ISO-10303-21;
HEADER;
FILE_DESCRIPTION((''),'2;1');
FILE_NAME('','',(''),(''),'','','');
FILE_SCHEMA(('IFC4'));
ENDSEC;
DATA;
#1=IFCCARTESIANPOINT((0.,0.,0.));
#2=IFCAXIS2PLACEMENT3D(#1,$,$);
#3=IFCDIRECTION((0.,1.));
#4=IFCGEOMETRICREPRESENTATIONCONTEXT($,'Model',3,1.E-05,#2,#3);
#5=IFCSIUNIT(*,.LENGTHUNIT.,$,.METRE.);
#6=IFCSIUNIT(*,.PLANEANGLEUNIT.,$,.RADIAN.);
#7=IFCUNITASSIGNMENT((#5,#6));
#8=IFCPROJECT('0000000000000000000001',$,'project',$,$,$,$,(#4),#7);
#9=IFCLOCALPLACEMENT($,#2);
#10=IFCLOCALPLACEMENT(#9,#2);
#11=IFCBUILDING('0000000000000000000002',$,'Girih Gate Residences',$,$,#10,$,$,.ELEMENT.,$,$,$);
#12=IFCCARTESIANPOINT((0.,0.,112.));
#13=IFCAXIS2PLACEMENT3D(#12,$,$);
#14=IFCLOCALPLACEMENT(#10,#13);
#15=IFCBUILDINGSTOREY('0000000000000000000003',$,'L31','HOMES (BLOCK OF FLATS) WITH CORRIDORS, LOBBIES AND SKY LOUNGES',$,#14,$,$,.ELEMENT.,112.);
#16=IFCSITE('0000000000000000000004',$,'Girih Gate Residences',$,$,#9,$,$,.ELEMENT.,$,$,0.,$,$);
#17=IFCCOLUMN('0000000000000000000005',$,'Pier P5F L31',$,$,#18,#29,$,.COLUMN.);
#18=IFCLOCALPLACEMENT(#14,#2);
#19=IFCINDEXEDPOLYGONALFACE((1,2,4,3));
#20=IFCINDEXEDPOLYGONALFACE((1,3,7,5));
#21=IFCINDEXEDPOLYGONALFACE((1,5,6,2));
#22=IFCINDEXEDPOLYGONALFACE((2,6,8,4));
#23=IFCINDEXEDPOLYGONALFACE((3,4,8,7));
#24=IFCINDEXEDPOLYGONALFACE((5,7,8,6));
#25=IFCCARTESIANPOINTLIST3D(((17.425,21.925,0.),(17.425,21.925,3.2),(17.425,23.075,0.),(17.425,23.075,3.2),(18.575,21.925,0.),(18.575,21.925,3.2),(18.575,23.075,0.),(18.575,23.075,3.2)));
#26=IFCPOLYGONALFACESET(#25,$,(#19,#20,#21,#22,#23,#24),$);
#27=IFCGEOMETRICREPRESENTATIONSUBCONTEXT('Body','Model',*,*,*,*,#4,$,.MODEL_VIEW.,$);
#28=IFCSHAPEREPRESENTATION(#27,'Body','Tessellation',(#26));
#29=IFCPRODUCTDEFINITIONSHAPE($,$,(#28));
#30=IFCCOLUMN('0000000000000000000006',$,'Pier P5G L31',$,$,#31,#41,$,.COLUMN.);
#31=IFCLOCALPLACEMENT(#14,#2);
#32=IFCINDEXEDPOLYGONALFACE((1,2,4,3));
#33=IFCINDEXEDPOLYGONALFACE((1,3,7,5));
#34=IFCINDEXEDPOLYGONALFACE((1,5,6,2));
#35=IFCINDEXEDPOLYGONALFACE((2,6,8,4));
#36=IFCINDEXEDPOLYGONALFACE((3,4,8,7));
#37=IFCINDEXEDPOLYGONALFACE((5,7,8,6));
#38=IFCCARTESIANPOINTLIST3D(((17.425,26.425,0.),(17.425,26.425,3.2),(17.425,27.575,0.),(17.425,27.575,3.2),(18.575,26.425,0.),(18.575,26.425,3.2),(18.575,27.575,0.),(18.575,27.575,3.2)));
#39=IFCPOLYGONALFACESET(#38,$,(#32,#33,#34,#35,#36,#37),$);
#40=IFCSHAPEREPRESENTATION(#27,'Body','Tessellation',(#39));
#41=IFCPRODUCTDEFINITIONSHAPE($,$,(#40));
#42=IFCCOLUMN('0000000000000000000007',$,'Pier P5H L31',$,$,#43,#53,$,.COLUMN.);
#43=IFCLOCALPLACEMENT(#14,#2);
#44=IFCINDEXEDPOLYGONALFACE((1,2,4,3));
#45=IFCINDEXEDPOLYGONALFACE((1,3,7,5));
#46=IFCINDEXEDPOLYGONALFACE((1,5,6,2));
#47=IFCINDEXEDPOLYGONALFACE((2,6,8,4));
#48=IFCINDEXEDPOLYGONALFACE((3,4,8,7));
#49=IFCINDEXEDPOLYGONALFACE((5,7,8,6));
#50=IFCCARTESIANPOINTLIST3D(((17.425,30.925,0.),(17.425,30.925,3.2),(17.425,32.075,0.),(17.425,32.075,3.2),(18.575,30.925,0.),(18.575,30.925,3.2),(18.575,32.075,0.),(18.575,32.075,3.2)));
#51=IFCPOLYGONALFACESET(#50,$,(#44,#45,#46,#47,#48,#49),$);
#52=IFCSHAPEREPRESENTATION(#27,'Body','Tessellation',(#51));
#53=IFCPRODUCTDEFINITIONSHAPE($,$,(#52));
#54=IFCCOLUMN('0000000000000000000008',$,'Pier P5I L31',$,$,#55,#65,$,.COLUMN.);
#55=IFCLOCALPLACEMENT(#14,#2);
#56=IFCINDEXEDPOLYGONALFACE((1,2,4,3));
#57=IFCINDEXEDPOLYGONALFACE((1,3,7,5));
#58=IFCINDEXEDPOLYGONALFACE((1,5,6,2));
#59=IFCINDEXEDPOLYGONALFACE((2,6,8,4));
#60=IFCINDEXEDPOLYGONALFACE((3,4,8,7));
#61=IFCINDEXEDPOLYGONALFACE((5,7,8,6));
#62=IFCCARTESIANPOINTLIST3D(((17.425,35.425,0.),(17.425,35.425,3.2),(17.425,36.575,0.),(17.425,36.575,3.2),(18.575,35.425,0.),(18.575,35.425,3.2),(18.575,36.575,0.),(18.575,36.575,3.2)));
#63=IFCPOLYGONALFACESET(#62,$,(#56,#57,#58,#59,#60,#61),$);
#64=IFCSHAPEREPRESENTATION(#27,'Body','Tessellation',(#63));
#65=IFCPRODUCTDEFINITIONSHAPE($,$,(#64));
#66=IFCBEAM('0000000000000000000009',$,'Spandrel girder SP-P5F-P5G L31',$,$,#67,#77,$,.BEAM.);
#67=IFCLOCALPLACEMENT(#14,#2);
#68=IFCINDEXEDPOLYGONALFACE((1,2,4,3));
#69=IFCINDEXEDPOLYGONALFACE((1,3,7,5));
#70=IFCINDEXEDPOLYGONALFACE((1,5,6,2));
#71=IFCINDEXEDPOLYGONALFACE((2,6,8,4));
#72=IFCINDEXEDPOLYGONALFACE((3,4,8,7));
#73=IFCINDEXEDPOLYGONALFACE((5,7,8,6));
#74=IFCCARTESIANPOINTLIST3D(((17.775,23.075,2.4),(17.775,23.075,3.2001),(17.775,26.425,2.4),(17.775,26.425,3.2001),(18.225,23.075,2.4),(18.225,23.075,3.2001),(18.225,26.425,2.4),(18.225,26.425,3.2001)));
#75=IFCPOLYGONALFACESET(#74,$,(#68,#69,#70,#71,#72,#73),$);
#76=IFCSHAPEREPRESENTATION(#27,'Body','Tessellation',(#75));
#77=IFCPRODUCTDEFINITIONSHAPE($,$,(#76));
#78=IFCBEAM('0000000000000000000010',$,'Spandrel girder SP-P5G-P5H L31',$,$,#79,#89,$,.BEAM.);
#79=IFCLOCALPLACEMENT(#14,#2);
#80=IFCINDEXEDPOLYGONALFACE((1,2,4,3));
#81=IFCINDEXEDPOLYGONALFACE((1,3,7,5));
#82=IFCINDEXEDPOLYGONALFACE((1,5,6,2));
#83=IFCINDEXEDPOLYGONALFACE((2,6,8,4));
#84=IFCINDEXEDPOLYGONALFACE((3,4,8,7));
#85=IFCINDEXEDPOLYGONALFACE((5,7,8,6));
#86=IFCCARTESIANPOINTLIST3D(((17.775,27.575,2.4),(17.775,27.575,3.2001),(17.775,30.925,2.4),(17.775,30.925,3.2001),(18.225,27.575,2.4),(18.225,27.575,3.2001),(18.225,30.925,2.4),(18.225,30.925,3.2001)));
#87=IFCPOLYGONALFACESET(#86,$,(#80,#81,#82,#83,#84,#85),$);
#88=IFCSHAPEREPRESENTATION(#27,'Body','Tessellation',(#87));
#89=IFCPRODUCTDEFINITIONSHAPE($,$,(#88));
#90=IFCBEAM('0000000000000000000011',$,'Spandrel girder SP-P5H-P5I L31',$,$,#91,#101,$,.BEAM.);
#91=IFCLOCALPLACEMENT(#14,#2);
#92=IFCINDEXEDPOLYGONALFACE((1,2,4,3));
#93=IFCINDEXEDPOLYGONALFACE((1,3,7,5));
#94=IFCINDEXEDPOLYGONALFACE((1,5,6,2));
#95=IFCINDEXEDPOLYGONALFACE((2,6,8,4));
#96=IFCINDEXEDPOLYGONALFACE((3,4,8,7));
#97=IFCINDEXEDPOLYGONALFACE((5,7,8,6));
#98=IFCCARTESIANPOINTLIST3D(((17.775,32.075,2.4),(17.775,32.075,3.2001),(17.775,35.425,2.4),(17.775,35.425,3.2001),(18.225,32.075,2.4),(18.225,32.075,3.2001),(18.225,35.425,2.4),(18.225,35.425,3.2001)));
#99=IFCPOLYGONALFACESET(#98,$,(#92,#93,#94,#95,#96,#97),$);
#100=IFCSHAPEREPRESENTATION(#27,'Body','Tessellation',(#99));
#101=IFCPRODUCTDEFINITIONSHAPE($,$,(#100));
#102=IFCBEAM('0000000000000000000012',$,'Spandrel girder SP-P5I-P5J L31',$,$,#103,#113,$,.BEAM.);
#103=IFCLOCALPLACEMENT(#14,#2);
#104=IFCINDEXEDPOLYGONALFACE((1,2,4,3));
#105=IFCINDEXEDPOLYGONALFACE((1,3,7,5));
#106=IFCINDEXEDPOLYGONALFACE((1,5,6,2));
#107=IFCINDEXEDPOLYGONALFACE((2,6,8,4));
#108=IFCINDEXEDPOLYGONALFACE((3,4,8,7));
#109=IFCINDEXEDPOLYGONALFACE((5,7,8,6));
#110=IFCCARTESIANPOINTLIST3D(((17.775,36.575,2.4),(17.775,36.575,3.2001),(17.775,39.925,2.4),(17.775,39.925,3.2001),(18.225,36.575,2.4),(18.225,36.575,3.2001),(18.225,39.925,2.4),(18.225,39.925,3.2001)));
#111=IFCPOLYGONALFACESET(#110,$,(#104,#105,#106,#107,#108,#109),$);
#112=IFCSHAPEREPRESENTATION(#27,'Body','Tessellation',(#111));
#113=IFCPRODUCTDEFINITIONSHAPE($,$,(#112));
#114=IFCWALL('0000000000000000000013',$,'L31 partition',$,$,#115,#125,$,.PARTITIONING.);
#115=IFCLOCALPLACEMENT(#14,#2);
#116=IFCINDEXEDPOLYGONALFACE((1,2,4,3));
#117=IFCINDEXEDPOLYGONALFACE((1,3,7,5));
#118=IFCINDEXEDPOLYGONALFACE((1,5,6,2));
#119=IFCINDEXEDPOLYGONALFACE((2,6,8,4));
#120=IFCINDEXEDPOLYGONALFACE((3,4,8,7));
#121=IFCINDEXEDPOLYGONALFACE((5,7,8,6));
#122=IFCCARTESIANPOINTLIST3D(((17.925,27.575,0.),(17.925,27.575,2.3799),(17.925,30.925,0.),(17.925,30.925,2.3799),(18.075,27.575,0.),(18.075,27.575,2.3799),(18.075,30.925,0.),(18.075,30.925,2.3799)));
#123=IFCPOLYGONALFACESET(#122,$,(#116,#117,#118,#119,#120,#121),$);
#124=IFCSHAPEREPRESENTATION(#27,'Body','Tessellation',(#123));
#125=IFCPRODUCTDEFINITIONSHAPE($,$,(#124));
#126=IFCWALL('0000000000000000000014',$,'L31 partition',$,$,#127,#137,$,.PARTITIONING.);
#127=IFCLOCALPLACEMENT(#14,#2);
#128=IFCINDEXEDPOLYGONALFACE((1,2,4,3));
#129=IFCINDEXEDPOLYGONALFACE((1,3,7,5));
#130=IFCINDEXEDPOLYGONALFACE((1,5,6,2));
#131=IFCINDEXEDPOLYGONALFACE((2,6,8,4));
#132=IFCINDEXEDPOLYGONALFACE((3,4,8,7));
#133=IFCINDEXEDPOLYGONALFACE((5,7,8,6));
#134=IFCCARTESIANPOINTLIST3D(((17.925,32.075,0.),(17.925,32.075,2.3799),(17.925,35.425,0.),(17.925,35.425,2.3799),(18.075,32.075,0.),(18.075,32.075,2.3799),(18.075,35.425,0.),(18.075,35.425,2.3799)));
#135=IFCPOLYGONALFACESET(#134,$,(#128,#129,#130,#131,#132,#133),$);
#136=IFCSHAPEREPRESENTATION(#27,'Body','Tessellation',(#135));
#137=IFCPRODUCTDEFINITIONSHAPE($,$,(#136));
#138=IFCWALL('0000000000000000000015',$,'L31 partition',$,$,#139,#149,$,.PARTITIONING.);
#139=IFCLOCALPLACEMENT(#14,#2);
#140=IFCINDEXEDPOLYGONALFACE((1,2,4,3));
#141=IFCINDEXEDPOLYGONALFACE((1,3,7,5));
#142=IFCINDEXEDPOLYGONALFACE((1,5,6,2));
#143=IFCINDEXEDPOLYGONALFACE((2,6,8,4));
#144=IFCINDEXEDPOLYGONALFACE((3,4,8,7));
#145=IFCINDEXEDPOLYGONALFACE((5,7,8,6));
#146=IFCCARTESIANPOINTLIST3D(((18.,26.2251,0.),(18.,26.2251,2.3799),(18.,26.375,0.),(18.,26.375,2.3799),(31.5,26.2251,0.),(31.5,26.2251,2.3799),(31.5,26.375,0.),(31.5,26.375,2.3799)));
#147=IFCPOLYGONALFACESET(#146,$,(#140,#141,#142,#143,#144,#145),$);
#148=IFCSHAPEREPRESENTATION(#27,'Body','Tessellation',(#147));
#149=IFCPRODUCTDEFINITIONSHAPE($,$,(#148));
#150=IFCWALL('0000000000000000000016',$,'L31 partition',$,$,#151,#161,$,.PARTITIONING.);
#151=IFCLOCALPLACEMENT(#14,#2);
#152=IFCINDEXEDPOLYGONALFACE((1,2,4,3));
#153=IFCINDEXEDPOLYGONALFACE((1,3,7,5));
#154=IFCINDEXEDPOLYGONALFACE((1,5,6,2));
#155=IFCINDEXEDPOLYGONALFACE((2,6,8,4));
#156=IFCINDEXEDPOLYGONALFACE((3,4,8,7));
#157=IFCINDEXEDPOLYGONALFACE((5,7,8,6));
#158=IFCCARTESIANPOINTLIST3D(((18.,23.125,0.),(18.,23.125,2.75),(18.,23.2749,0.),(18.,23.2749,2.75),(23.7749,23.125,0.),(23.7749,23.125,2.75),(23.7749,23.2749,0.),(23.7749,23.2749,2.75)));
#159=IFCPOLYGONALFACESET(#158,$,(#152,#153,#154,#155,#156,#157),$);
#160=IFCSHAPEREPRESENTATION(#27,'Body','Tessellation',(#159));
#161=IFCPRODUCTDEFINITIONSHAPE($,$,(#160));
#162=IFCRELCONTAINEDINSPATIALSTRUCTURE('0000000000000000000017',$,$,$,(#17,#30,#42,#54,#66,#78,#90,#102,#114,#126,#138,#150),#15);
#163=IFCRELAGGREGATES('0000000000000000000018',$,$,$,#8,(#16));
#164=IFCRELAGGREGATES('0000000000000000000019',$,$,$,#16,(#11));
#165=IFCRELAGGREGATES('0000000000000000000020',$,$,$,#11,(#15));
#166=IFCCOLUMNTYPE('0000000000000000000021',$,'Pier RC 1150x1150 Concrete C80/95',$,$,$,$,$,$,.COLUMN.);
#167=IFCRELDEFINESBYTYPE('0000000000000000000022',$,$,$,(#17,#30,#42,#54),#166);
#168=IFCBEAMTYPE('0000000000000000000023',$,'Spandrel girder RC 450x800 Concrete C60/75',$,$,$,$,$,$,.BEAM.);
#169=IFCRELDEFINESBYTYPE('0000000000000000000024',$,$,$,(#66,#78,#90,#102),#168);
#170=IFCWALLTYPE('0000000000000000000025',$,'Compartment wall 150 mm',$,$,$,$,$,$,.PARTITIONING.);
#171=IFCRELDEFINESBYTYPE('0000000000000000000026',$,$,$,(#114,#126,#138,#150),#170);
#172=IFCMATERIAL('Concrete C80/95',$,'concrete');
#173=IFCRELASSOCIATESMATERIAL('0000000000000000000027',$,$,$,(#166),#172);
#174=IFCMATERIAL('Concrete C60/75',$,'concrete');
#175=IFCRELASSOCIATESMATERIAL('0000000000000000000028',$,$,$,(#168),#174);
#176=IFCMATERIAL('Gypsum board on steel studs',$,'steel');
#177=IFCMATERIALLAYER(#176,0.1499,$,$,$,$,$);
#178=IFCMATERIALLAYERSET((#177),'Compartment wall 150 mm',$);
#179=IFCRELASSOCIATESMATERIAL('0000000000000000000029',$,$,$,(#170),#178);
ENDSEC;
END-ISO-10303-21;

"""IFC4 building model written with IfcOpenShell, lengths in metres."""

from ifc_helpers import new_model, si_unit, direction, frame, frame_2d, origin, origin_2d, place, context, subcontext, project, spatial, rectangle, extrude, material, layer, layer_set, material_profile, profile_set, type_object, element, save


model = new_model("IFC4")

# Units and contexts
model_context = context("Model", 3, precision=1e-05, world=origin(), true_north=direction((0.0, 1.0)))
body_context = subcontext(model_context, "Body", "Model", "MODEL_VIEW")
ifc_project = project(units=[si_unit("LENGTHUNIT", "METRE"), si_unit("PLANEANGLEUNIT", "RADIAN")], contexts=[model_context])

# Site, building, storey
site_placement = place(None, origin())
site = spatial("IfcSite", under=ifc_project, at=site_placement, Name="Girih Gate Residences", CompositionType="ELEMENT", RefElevation=0.0)
building_placement = place(site_placement, origin())
building = spatial("IfcBuilding", under=site, at=building_placement, Name="Girih Gate Residences", CompositionType="ELEMENT")
storey_placement = place(building_placement, frame((0.0, 0.0, 112.0)))
storey = spatial("IfcBuildingStorey", under=building, at=storey_placement, Name="L31", Description="HOMES (BLOCK OF FLATS) WITH CORRIDORS, LOBBIES AND SKY LOUNGES", CompositionType="ELEMENT", Elevation=112.0)

# Columns
ifc_material_1 = material(Name="Concrete C80/95", Category="concrete")
ifc_material_profile_1 = material_profile(ifc_material_1, rectangle(XDim=1.1499, YDim=1.1499, at=origin_2d()))
ifc_profile_set_1 = profile_set([ifc_material_profile_1], Name="Concrete C80/95")
column_type = type_object("IfcColumnType", Name="Pier RC 1150x1150 Concrete C80/95", PredefinedType="COLUMN", material=ifc_profile_set_1)
for number, where, z_axis, x_axis, name in (
    (1, (18.0, 22.5, 0.0), (0.0, 0.0, 1.0), (1.0, 0.0, 0.0), "Pier P5F L31"),
    (2, (18.0, 27.0, 0.0), (0.0, 0.0, 1.0), (1.0, 0.0, 0.0), "Pier P5G L31"),
    (3, (18.0, 31.5, 0.0), (0.0, 0.0, 1.0), (1.0, 0.0, 0.0), "Pier P5H L31"),
    (4, (18.0, 36.0, 0.0), (0.0, 0.0, 1.0), (1.0, 0.0, 0.0), "Pier P5I L31"),
):
    element("IfcColumn", number, at=place(storey_placement, frame(where, z_axis=z_axis, x_axis=x_axis)), inside=storey, type_object=column_type, Name=name, PredefinedType="COLUMN", context=body_context, shape_type="SweptSolid", body=[
        extrude(rectangle(XDim=1.1499, YDim=1.1499, at=origin_2d()), origin(), (0.0, 0.0, 1.0), 3.2),
    ])

# Beams
ifc_material_2 = material(Name="Concrete C60/75", Category="concrete")
ifc_material_profile_2 = material_profile(ifc_material_2, rectangle(XDim=0.45, YDim=0.8, at=origin_2d()))
ifc_profile_set_2 = profile_set([ifc_material_profile_2], Name="Concrete C60/75")
beam_type = type_object("IfcBeamType", Name="Spandrel girder RC 450x800 Concrete C60/75", PredefinedType="BEAM", material=ifc_profile_set_2)
for number, where, z_axis, x_axis, name in (
    (5, (18.0, 23.075, 2.8), (0.0, 1.0, 0.0), (-1.0, 0.0, 0.0), "Spandrel girder SP-P5F-P5G L31"),
    (6, (18.0, 27.575, 2.8), (0.0, 1.0, 0.0), (-1.0, 0.0, 0.0), "Spandrel girder SP-P5G-P5H L31"),
    (7, (18.0, 32.075, 2.8), (0.0, 1.0, 0.0), (-1.0, 0.0, 0.0), "Spandrel girder SP-P5H-P5I L31"),
    (8, (18.0, 36.575, 2.8), (0.0, 1.0, 0.0), (-1.0, 0.0, 0.0), "Spandrel girder SP-P5I-P5J L31"),
):
    element("IfcBeam", number, at=place(storey_placement, frame(where, z_axis=z_axis, x_axis=x_axis)), inside=storey, type_object=beam_type, Name=name, PredefinedType="BEAM", context=body_context, shape_type="SweptSolid", body=[
        extrude(rectangle(XDim=0.45, YDim=0.8, at=origin_2d()), origin(), (0.0, 0.0, 1.0), 3.3501),
    ])

# Walls
ifc_material_3 = material(Name="Gypsum board on steel studs", Category="steel")
ifc_layer_1 = layer(ifc_material_3, 0.1499)
ifc_layer_set_1 = layer_set([ifc_layer_1], Name="Compartment wall 150 mm")
wall_type_1 = type_object("IfcWallType", Name="Compartment wall 150 mm", PredefinedType="PARTITIONING", material=ifc_layer_set_1)
for number, where, z_axis, x_axis, name in (
    (9, (18.0, 27.575, 0.0), (0.0, 0.0, 1.0), (0.0, 1.0, 0.0), "L31 partition"),
    (10, (18.0, 32.075, 0.0), (0.0, 0.0, 1.0), (0.0, 1.0, 0.0), "L31 partition"),
):
    element("IfcWall", number, at=place(storey_placement, frame(where, z_axis=z_axis, x_axis=x_axis)), inside=storey, type_object=wall_type_1, Name=name, PredefinedType="PARTITIONING", context=body_context, shape_type="SweptSolid", body=[
        extrude(rectangle(XDim=3.3501, YDim=0.1499, at=frame_2d((1.675, 0.0))), origin(), (0.0, 0.0, 1.0), 2.3799),
    ])
wall_1_placement = place(storey_placement, frame((18.0, 26.3, 0.0), z_axis=(0.0, 0.0, 1.0), x_axis=(1.0, 0.0, 0.0)))
element("IfcWall", 11, at=wall_1_placement, inside=storey, type_object=wall_type_1, Name="L31 partition", PredefinedType="PARTITIONING", context=body_context, shape_type="SweptSolid", body=[
    extrude(rectangle(XDim=13.5, YDim=0.1499, at=frame_2d((6.75, 0.0))), origin(), (0.0, 0.0, 1.0), 2.3799),
])
wall_2_placement = place(storey_placement, frame((18.0, 23.2, 0.0), z_axis=(0.0, 0.0, 1.0), x_axis=(1.0, 0.0, 0.0)))
element("IfcWall", 12, at=wall_2_placement, inside=storey, type_object=wall_type_1, Name="L31 partition", PredefinedType="PARTITIONING", context=body_context, shape_type="SweptSolid", body=[
    extrude(rectangle(XDim=5.7749, YDim=0.1499, at=frame_2d((2.8875, 0.0))), origin(), (0.0, 0.0, 1.0), 2.75),
])

save(model, "model.ifc")
